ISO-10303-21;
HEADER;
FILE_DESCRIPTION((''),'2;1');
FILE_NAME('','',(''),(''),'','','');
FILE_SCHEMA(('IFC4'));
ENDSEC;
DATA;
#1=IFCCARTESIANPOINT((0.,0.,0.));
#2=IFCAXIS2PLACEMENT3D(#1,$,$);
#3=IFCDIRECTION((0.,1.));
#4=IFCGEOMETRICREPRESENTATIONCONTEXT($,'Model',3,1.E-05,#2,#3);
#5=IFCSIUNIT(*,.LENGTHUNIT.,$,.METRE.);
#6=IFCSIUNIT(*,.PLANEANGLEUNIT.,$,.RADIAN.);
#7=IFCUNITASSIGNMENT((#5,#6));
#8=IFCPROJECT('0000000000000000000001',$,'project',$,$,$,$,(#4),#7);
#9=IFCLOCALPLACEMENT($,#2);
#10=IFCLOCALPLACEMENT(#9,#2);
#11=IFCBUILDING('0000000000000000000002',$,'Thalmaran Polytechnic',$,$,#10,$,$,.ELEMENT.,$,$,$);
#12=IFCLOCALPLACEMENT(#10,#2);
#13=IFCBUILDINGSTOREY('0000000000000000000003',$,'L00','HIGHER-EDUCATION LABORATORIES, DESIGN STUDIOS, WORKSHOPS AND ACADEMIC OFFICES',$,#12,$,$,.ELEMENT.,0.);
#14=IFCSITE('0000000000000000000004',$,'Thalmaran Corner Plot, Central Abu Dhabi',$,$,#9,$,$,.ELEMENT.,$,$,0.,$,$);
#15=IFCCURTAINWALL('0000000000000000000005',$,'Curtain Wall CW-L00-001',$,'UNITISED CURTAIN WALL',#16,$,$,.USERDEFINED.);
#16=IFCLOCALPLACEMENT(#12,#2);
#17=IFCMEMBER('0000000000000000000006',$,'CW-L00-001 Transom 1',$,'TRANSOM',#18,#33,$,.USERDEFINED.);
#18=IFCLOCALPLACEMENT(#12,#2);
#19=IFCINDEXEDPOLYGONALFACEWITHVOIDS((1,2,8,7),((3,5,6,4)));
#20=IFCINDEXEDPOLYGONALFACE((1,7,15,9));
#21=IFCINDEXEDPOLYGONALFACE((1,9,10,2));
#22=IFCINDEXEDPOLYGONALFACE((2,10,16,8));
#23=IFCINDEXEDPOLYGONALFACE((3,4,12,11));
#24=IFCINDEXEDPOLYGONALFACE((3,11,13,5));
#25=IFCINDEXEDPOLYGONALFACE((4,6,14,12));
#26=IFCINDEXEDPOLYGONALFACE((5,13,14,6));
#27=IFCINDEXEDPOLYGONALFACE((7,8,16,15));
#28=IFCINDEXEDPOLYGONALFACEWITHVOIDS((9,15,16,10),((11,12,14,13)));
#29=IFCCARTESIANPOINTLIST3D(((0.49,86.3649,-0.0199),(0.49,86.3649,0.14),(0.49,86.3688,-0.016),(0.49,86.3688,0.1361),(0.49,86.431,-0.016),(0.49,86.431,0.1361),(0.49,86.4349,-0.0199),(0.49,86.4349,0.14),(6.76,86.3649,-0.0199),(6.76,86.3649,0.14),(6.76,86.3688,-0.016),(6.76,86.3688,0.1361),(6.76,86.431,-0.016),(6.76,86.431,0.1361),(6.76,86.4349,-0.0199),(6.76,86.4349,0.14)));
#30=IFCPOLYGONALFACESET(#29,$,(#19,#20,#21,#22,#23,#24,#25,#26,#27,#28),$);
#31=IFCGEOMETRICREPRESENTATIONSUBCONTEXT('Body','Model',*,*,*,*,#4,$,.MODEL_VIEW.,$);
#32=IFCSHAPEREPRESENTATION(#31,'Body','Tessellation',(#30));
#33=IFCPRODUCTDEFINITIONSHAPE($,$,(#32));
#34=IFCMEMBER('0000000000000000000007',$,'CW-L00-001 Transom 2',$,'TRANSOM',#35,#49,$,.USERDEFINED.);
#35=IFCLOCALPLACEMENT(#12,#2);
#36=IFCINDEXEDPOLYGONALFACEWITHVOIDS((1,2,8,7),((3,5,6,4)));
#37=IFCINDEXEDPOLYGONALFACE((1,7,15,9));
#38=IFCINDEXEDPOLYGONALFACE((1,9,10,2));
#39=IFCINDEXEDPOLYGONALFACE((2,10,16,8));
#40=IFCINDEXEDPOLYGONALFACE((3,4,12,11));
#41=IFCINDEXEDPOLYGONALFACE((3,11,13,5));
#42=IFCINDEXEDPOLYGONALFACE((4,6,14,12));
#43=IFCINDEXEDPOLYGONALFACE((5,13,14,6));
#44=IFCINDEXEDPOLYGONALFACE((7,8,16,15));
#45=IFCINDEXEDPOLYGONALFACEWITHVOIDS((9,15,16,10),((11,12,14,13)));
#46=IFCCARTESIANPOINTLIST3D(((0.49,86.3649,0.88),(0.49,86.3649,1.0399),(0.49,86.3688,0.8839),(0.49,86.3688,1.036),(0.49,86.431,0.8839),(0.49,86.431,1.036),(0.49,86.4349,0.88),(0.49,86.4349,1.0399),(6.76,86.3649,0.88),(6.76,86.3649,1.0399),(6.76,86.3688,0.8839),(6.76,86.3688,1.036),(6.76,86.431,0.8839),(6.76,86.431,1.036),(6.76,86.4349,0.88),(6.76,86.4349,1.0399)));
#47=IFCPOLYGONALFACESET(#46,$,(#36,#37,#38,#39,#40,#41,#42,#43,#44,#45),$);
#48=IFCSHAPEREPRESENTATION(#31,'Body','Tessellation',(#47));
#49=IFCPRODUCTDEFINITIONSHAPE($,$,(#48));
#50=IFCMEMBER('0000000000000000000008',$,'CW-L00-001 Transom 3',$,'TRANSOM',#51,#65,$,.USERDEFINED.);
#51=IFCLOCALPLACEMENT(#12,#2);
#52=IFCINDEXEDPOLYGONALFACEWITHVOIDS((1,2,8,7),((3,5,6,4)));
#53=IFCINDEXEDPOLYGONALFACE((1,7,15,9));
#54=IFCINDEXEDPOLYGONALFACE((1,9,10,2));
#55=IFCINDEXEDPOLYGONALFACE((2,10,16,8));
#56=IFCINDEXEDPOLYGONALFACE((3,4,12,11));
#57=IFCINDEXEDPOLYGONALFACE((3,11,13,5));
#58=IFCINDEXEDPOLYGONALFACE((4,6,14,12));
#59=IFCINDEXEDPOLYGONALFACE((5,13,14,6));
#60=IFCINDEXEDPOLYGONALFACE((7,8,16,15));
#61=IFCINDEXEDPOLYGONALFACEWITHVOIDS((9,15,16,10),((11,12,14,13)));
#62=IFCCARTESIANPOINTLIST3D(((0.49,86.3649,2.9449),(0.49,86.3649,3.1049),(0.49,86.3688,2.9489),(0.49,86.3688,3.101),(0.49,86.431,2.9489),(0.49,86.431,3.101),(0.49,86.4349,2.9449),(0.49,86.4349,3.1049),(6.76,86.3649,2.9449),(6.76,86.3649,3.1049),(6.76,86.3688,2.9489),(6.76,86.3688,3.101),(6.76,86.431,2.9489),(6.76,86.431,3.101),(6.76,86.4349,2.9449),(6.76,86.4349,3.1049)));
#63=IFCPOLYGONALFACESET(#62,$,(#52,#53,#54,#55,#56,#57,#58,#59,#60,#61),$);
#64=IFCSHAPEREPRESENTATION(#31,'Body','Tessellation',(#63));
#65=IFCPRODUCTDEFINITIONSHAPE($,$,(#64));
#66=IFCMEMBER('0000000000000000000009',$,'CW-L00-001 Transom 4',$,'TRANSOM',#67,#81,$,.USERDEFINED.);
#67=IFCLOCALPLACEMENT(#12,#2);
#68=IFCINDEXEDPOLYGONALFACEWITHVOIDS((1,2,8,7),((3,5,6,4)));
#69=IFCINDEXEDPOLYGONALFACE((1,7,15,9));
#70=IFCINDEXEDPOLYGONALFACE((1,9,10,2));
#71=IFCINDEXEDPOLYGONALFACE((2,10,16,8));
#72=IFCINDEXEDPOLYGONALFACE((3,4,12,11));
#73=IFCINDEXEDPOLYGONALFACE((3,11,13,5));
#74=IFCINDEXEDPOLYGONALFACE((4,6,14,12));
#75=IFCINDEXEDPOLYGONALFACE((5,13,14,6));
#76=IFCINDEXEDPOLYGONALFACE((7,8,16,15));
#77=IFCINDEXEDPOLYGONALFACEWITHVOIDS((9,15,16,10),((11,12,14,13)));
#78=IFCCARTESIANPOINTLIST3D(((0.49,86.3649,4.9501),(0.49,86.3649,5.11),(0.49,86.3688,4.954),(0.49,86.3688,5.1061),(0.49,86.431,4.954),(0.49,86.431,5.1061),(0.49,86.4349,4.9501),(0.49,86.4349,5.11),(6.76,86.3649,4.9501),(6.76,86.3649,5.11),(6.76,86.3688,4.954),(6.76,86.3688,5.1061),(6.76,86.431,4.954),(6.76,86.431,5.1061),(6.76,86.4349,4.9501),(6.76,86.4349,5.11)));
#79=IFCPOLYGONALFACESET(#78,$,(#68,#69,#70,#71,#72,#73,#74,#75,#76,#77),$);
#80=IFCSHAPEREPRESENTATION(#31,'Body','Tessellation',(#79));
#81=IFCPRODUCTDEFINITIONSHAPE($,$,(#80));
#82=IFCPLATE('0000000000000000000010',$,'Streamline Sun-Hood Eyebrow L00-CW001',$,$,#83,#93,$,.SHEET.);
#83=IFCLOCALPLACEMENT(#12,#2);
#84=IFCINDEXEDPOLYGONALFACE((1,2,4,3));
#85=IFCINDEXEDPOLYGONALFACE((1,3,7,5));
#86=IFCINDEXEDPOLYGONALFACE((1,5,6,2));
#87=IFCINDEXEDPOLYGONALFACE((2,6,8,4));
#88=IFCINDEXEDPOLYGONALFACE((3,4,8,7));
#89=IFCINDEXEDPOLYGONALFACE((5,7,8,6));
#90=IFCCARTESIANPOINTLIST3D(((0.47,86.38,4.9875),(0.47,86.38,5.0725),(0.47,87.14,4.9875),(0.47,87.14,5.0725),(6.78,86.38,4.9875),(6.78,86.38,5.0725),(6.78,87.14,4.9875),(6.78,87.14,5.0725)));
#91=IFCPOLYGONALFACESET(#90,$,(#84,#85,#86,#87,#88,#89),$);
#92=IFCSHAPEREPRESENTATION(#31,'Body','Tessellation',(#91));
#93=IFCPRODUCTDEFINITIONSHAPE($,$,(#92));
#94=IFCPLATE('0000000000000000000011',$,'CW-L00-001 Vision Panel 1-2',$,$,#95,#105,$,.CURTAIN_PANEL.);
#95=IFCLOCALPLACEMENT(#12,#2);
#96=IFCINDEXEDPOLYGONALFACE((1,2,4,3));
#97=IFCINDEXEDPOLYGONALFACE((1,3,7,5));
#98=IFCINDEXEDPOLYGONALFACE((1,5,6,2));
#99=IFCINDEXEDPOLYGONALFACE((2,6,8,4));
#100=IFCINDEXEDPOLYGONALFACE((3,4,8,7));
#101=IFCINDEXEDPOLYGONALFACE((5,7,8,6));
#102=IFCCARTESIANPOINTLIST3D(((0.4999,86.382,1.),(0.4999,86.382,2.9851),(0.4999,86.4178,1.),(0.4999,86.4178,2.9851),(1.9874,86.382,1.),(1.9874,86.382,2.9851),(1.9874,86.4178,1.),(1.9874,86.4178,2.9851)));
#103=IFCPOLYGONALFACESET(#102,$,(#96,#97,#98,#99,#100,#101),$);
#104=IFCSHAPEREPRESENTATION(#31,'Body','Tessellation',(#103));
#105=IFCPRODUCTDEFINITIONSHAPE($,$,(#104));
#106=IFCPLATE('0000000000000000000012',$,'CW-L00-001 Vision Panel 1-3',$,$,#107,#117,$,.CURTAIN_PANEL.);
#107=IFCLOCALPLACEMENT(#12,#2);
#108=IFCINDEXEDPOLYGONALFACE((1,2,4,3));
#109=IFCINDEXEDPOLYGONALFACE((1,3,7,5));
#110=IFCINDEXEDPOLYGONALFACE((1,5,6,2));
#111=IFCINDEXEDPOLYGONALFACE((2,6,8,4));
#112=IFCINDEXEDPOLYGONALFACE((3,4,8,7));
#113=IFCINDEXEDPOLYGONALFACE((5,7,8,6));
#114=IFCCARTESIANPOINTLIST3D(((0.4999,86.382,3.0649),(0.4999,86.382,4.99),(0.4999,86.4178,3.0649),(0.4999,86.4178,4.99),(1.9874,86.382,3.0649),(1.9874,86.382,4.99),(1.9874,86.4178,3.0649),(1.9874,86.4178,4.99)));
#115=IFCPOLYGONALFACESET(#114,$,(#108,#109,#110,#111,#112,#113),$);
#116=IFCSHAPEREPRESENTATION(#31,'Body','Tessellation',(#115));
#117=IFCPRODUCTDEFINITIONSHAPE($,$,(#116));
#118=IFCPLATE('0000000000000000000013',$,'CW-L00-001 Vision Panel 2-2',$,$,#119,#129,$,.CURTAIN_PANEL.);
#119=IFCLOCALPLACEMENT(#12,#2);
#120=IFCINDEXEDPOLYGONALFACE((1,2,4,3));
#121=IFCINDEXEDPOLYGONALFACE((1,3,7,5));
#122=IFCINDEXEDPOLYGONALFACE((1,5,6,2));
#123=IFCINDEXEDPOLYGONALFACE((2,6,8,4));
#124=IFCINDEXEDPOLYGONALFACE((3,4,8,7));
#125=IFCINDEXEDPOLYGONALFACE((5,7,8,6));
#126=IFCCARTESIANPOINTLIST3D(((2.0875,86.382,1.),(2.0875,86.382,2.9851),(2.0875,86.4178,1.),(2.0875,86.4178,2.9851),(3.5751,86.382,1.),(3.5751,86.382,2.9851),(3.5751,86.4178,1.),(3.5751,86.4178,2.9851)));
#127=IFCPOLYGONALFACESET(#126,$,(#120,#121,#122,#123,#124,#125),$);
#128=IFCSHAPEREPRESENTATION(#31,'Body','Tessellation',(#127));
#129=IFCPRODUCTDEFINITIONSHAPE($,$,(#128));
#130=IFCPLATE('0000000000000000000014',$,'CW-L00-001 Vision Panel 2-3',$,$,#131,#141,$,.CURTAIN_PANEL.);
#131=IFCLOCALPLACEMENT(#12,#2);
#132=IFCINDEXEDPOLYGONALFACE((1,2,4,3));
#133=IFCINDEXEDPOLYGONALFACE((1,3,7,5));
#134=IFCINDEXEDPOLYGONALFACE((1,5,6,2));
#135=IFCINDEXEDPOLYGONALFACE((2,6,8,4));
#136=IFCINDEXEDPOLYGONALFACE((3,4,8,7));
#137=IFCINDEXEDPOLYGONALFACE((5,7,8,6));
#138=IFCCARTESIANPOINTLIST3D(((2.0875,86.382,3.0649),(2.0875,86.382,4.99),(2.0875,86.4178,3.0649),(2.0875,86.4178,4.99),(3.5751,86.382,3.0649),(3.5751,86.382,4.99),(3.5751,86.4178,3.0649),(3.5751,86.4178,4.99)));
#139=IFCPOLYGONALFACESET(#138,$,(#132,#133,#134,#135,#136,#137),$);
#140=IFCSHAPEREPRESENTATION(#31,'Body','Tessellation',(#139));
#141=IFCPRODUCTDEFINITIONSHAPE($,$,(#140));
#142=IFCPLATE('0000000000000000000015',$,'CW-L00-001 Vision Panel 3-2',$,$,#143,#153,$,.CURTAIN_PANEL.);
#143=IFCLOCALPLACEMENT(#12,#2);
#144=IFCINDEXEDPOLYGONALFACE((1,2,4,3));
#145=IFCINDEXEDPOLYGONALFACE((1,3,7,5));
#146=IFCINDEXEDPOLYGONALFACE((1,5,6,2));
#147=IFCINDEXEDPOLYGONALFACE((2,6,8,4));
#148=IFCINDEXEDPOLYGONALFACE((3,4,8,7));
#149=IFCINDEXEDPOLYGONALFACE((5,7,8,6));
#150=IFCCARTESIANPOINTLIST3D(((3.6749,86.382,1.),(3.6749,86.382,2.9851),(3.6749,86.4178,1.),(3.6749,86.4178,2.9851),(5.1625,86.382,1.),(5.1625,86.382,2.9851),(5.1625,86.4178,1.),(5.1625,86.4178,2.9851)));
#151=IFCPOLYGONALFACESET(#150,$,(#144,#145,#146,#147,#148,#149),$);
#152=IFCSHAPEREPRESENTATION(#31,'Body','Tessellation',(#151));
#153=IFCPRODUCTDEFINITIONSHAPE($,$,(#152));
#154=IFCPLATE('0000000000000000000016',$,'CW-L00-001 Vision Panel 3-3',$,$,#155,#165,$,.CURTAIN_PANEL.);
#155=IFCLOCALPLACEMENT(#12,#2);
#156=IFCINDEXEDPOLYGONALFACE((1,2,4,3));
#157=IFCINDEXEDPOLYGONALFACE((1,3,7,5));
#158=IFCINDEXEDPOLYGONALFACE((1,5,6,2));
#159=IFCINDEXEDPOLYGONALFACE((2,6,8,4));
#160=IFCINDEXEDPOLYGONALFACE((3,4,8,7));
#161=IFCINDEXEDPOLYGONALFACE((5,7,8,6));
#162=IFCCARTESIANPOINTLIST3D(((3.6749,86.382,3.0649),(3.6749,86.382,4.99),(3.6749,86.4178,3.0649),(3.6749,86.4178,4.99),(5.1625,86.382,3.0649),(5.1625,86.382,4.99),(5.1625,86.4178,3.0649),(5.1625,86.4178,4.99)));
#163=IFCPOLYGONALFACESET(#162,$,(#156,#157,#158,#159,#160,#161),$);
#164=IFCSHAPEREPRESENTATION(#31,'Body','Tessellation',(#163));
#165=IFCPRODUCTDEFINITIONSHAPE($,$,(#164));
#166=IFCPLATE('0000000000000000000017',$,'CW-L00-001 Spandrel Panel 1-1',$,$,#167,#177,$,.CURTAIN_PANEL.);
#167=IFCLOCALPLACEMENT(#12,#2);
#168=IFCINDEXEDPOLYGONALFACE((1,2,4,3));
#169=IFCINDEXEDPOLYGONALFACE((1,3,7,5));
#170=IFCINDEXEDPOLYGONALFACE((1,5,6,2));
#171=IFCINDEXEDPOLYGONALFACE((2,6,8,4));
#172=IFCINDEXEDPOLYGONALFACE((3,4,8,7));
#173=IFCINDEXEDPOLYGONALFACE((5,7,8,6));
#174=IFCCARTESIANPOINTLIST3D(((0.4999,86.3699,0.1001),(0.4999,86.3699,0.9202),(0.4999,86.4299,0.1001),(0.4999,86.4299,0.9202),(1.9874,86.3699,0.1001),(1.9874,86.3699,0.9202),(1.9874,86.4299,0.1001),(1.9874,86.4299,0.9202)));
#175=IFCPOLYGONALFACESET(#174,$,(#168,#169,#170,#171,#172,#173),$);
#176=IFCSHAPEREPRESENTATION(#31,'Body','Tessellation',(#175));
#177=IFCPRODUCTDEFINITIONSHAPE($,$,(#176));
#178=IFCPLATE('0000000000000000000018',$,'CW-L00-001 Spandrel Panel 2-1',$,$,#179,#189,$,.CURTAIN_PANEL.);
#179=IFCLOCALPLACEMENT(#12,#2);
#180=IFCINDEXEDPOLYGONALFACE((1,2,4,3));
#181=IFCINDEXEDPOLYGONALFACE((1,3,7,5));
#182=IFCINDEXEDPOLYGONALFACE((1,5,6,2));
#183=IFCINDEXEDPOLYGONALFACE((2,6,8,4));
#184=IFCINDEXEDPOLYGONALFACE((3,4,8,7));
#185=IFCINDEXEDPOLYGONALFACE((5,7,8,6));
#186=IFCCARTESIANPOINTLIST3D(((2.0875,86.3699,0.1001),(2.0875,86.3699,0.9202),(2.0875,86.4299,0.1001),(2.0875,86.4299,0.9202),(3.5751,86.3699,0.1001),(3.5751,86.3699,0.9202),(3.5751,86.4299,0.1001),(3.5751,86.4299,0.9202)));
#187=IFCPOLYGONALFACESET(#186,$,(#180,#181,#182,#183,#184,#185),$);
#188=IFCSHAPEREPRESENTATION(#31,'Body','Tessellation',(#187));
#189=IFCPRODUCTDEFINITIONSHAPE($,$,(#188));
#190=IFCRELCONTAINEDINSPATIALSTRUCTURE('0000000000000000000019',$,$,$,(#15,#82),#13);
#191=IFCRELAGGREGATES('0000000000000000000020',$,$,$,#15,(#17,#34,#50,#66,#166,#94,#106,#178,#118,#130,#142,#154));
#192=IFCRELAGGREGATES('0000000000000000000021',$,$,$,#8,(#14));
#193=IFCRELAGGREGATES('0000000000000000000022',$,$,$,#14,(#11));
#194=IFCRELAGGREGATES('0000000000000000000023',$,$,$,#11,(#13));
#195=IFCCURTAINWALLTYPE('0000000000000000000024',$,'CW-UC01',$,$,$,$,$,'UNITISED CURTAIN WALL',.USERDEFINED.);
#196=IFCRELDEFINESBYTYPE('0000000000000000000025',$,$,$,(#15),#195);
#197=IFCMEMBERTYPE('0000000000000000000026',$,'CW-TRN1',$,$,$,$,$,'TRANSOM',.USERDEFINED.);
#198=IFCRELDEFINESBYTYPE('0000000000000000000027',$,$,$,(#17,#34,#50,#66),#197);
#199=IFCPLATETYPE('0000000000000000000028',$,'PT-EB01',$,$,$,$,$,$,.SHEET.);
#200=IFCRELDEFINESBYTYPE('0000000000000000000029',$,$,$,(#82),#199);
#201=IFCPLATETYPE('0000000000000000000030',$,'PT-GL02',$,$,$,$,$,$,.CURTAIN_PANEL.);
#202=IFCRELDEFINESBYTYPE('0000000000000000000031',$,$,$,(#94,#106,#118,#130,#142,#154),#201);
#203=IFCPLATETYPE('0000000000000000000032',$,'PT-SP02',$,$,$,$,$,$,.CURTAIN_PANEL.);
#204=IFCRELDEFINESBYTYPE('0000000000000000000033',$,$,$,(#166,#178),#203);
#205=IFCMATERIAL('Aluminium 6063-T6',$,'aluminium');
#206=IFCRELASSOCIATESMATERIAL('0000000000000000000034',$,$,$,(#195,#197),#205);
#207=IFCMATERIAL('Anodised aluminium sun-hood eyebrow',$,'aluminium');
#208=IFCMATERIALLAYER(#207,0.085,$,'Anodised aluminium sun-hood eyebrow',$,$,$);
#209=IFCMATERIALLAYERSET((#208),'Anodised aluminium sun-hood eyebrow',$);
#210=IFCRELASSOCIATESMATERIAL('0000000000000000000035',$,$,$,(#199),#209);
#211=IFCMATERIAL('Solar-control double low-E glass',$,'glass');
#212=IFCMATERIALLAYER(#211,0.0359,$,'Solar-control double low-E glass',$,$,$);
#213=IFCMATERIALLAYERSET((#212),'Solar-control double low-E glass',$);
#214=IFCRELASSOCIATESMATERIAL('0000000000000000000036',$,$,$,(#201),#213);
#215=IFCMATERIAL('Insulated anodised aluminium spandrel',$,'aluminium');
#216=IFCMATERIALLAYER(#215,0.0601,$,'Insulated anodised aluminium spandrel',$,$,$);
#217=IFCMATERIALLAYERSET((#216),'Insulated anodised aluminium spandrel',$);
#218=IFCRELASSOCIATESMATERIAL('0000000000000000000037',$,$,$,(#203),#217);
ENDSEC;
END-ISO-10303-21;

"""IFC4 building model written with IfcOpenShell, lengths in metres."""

from ifc_helpers import new_model, si_unit, direction, frame, origin, origin_2d, place, context, subcontext, project, spatial, rectangle, hollow_rectangle, extrude, material, layer, layer_set, material_profile, profile_set, type_object, element, aggregate, save


model = new_model("IFC4")

# Units and contexts
model_context = context("Model", 3, precision=1e-05, world=origin(), true_north=direction((0.0, 1.0)))
body_context = subcontext(model_context, "Body", "Model", "MODEL_VIEW")
ifc_project = project(units=[si_unit("LENGTHUNIT", "METRE"), si_unit("PLANEANGLEUNIT", "RADIAN")], contexts=[model_context])

# Site, building, storey
site_placement = place(None, origin())
site = spatial("IfcSite", under=ifc_project, at=site_placement, Name="Thalmaran Corner Plot, Central Abu Dhabi", CompositionType="ELEMENT", RefElevation=0.0)
building_placement = place(site_placement, origin())
building = spatial("IfcBuilding", under=site, at=building_placement, Name="Thalmaran Polytechnic", CompositionType="ELEMENT")
storey_placement = place(building_placement, origin())
storey = spatial("IfcBuildingStorey", under=building, at=storey_placement, Name="L00", Description="HIGHER-EDUCATION LABORATORIES, DESIGN STUDIOS, WORKSHOPS AND ACADEMIC OFFICES", CompositionType="ELEMENT", Elevation=0.0)

# Curtain wall, members
ifc_material_1 = material(Name="Aluminium 6063-T6", Category="aluminium")
curtain_wall_type = type_object("IfcCurtainWallType", Name="CW-UC01", ElementType="UNITISED CURTAIN WALL", PredefinedType="USERDEFINED", material=ifc_material_1)
curtain_wall_placement = place(storey_placement, origin())
curtain_wall = element("IfcCurtainWall", 1, at=curtain_wall_placement, inside=storey, type_object=curtain_wall_type, Name="Curtain Wall CW-L00-001", ObjectType="UNITISED CURTAIN WALL", PredefinedType="USERDEFINED")
ifc_material_profile_1 = material_profile(ifc_material_1, hollow_rectangle(XDim=0.0701, YDim=0.1599, WallThickness=0.0039, at=origin_2d()), Name="AL 160x70x4.0")
ifc_profile_set_1 = profile_set([ifc_material_profile_1], Name="Aluminium 6063-T6")
member_type_1 = type_object("IfcMemberType", Name="CW-TRN1", ElementType="TRANSOM", PredefinedType="USERDEFINED", material=ifc_profile_set_1)
member_1_placement = place(storey_placement, frame((0.49, 86.3999, 0.0601), z_axis=(1.0, 0.0, 0.0), x_axis=(0.0, 1.0, 0.0)))
member_1 = element("IfcMember", 2, at=member_1_placement, type_object=member_type_1, Name="CW-L00-001 Transom 1", ObjectType="TRANSOM", PredefinedType="USERDEFINED", context=body_context, shape_type="SweptSolid", body=[
    extrude(hollow_rectangle(XDim=0.0701, YDim=0.1599, WallThickness=0.0039, at=origin_2d()), origin(), (0.0, 0.0, 1.0), 6.27),
])
member_2_placement = place(storey_placement, frame((0.49, 86.3999, 0.96), z_axis=(1.0, 0.0, 0.0), x_axis=(0.0, 1.0, 0.0)))
member_2 = element("IfcMember", 3, at=member_2_placement, type_object=member_type_1, Name="CW-L00-001 Transom 2", ObjectType="TRANSOM", PredefinedType="USERDEFINED", context=body_context, shape_type="SweptSolid", body=[
    extrude(hollow_rectangle(XDim=0.0701, YDim=0.1599, WallThickness=0.0039, at=origin_2d()), origin(), (0.0, 0.0, 1.0), 6.27),
])
member_3_placement = place(storey_placement, frame((0.49, 86.3999, 3.0249), z_axis=(1.0, 0.0, 0.0), x_axis=(0.0, 1.0, 0.0)))
member_3 = element("IfcMember", 4, at=member_3_placement, type_object=member_type_1, Name="CW-L00-001 Transom 3", ObjectType="TRANSOM", PredefinedType="USERDEFINED", context=body_context, shape_type="SweptSolid", body=[
    extrude(hollow_rectangle(XDim=0.0701, YDim=0.1599, WallThickness=0.0039, at=origin_2d()), origin(), (0.0, 0.0, 1.0), 6.27),
])
member_4_placement = place(storey_placement, frame((0.49, 86.3999, 5.03), z_axis=(1.0, 0.0, 0.0), x_axis=(0.0, 1.0, 0.0)))
member_4 = element("IfcMember", 5, at=member_4_placement, type_object=member_type_1, Name="CW-L00-001 Transom 4", ObjectType="TRANSOM", PredefinedType="USERDEFINED", context=body_context, shape_type="SweptSolid", body=[
    extrude(hollow_rectangle(XDim=0.0701, YDim=0.1599, WallThickness=0.0039, at=origin_2d()), origin(), (0.0, 0.0, 1.0), 6.27),
])

# Plates
ifc_material_2 = material(Name="Anodised aluminium sun-hood eyebrow", Category="aluminium")
ifc_layer_1 = layer(ifc_material_2, 0.085, Name="Anodised aluminium sun-hood eyebrow")
ifc_layer_set_1 = layer_set([ifc_layer_1], Name="Anodised aluminium sun-hood eyebrow")
plate_type_1 = type_object("IfcPlateType", Name="PT-EB01", PredefinedType="SHEET", material=ifc_layer_set_1)
plate_1_placement = place(storey_placement, frame((3.625, 86.76, 4.9875), z_axis=(0.0, 0.0, 1.0), x_axis=(1.0, 0.0, 0.0)))
element("IfcPlate", 6, at=plate_1_placement, inside=storey, type_object=plate_type_1, Name="Streamline Sun-Hood Eyebrow L00-CW001", PredefinedType="SHEET", context=body_context, shape_type="SweptSolid", body=[
    extrude(rectangle(XDim=6.3101, YDim=0.76, at=origin_2d()), origin(), (0.0, 0.0, 1.0), 0.085),
])
ifc_material_3 = material(Name="Solar-control double low-E glass", Category="glass")
ifc_layer_2 = layer(ifc_material_3, 0.0359, Name="Solar-control double low-E glass")
ifc_layer_set_2 = layer_set([ifc_layer_2], Name="Solar-control double low-E glass")
plate_type_2 = type_object("IfcPlateType", Name="PT-GL02", PredefinedType="CURTAIN_PANEL", material=ifc_layer_set_2)
plate_2_placement = place(storey_placement, frame((1.2437, 86.3999, 1.0), z_axis=(0.0, 0.0, 1.0), x_axis=(1.0, 0.0, 0.0)))
plate_2 = element("IfcPlate", 7, at=plate_2_placement, type_object=plate_type_2, Name="CW-L00-001 Vision Panel 1-2", PredefinedType="CURTAIN_PANEL", context=body_context, shape_type="SweptSolid", body=[
    extrude(rectangle(XDim=1.4875, YDim=0.0359, at=origin_2d()), origin(), (0.0, 0.0, 1.0), 1.9851),
])
plate_3_placement = place(storey_placement, frame((1.2437, 86.3999, 3.0649), z_axis=(0.0, 0.0, 1.0), x_axis=(1.0, 0.0, 0.0)))
plate_3 = element("IfcPlate", 8, at=plate_3_placement, type_object=plate_type_2, Name="CW-L00-001 Vision Panel 1-3", PredefinedType="CURTAIN_PANEL", context=body_context, shape_type="SweptSolid", body=[
    extrude(rectangle(XDim=1.4875, YDim=0.0359, at=origin_2d()), origin(), (0.0, 0.0, 1.0), 1.925),
])
plate_4_placement = place(storey_placement, frame((2.8313, 86.3999, 1.0), z_axis=(0.0, 0.0, 1.0), x_axis=(1.0, 0.0, 0.0)))
plate_4 = element("IfcPlate", 9, at=plate_4_placement, type_object=plate_type_2, Name="CW-L00-001 Vision Panel 2-2", PredefinedType="CURTAIN_PANEL", context=body_context, shape_type="SweptSolid", body=[
    extrude(rectangle(XDim=1.4875, YDim=0.0359, at=origin_2d()), origin(), (0.0, 0.0, 1.0), 1.9851),
])
plate_5_placement = place(storey_placement, frame((2.8313, 86.3999, 3.0649), z_axis=(0.0, 0.0, 1.0), x_axis=(1.0, 0.0, 0.0)))
plate_5 = element("IfcPlate", 10, at=plate_5_placement, type_object=plate_type_2, Name="CW-L00-001 Vision Panel 2-3", PredefinedType="CURTAIN_PANEL", context=body_context, shape_type="SweptSolid", body=[
    extrude(rectangle(XDim=1.4875, YDim=0.0359, at=origin_2d()), origin(), (0.0, 0.0, 1.0), 1.925),
])
plate_6_placement = place(storey_placement, frame((4.4187, 86.3999, 1.0), z_axis=(0.0, 0.0, 1.0), x_axis=(1.0, 0.0, 0.0)))
plate_6 = element("IfcPlate", 11, at=plate_6_placement, type_object=plate_type_2, Name="CW-L00-001 Vision Panel 3-2", PredefinedType="CURTAIN_PANEL", context=body_context, shape_type="SweptSolid", body=[
    extrude(rectangle(XDim=1.4875, YDim=0.0359, at=origin_2d()), origin(), (0.0, 0.0, 1.0), 1.9851),
])
plate_7_placement = place(storey_placement, frame((4.4187, 86.3999, 3.0649), z_axis=(0.0, 0.0, 1.0), x_axis=(1.0, 0.0, 0.0)))
plate_7 = element("IfcPlate", 12, at=plate_7_placement, type_object=plate_type_2, Name="CW-L00-001 Vision Panel 3-3", PredefinedType="CURTAIN_PANEL", context=body_context, shape_type="SweptSolid", body=[
    extrude(rectangle(XDim=1.4875, YDim=0.0359, at=origin_2d()), origin(), (0.0, 0.0, 1.0), 1.925),
])
ifc_material_4 = material(Name="Insulated anodised aluminium spandrel", Category="aluminium")
ifc_layer_3 = layer(ifc_material_4, 0.0601, Name="Insulated anodised aluminium spandrel")
ifc_layer_set_3 = layer_set([ifc_layer_3], Name="Insulated anodised aluminium spandrel")
plate_type_3 = type_object("IfcPlateType", Name="PT-SP02", PredefinedType="CURTAIN_PANEL", material=ifc_layer_set_3)
plate_8_placement = place(storey_placement, frame((1.2437, 86.3999, 0.1001), z_axis=(0.0, 0.0, 1.0), x_axis=(1.0, 0.0, 0.0)))
plate_8 = element("IfcPlate", 13, at=plate_8_placement, type_object=plate_type_3, Name="CW-L00-001 Spandrel Panel 1-1", PredefinedType="CURTAIN_PANEL", context=body_context, shape_type="SweptSolid", body=[
    extrude(rectangle(XDim=1.4875, YDim=0.0601, at=origin_2d()), origin(), (0.0, 0.0, 1.0), 0.8201),
])
plate_9_placement = place(storey_placement, frame((2.8313, 86.3999, 0.1001), z_axis=(0.0, 0.0, 1.0), x_axis=(1.0, 0.0, 0.0)))
plate_9 = element("IfcPlate", 14, at=plate_9_placement, type_object=plate_type_3, Name="CW-L00-001 Spandrel Panel 2-1", PredefinedType="CURTAIN_PANEL", context=body_context, shape_type="SweptSolid", body=[
    extrude(rectangle(XDim=1.4875, YDim=0.0601, at=origin_2d()), origin(), (0.0, 0.0, 1.0), 0.8201),
])
aggregate(curtain_wall, [member_1, member_2, member_3, member_4, plate_8, plate_2, plate_3, plate_9, plate_4, plate_5, plate_6, plate_7])

save(model, "model.ifc")
